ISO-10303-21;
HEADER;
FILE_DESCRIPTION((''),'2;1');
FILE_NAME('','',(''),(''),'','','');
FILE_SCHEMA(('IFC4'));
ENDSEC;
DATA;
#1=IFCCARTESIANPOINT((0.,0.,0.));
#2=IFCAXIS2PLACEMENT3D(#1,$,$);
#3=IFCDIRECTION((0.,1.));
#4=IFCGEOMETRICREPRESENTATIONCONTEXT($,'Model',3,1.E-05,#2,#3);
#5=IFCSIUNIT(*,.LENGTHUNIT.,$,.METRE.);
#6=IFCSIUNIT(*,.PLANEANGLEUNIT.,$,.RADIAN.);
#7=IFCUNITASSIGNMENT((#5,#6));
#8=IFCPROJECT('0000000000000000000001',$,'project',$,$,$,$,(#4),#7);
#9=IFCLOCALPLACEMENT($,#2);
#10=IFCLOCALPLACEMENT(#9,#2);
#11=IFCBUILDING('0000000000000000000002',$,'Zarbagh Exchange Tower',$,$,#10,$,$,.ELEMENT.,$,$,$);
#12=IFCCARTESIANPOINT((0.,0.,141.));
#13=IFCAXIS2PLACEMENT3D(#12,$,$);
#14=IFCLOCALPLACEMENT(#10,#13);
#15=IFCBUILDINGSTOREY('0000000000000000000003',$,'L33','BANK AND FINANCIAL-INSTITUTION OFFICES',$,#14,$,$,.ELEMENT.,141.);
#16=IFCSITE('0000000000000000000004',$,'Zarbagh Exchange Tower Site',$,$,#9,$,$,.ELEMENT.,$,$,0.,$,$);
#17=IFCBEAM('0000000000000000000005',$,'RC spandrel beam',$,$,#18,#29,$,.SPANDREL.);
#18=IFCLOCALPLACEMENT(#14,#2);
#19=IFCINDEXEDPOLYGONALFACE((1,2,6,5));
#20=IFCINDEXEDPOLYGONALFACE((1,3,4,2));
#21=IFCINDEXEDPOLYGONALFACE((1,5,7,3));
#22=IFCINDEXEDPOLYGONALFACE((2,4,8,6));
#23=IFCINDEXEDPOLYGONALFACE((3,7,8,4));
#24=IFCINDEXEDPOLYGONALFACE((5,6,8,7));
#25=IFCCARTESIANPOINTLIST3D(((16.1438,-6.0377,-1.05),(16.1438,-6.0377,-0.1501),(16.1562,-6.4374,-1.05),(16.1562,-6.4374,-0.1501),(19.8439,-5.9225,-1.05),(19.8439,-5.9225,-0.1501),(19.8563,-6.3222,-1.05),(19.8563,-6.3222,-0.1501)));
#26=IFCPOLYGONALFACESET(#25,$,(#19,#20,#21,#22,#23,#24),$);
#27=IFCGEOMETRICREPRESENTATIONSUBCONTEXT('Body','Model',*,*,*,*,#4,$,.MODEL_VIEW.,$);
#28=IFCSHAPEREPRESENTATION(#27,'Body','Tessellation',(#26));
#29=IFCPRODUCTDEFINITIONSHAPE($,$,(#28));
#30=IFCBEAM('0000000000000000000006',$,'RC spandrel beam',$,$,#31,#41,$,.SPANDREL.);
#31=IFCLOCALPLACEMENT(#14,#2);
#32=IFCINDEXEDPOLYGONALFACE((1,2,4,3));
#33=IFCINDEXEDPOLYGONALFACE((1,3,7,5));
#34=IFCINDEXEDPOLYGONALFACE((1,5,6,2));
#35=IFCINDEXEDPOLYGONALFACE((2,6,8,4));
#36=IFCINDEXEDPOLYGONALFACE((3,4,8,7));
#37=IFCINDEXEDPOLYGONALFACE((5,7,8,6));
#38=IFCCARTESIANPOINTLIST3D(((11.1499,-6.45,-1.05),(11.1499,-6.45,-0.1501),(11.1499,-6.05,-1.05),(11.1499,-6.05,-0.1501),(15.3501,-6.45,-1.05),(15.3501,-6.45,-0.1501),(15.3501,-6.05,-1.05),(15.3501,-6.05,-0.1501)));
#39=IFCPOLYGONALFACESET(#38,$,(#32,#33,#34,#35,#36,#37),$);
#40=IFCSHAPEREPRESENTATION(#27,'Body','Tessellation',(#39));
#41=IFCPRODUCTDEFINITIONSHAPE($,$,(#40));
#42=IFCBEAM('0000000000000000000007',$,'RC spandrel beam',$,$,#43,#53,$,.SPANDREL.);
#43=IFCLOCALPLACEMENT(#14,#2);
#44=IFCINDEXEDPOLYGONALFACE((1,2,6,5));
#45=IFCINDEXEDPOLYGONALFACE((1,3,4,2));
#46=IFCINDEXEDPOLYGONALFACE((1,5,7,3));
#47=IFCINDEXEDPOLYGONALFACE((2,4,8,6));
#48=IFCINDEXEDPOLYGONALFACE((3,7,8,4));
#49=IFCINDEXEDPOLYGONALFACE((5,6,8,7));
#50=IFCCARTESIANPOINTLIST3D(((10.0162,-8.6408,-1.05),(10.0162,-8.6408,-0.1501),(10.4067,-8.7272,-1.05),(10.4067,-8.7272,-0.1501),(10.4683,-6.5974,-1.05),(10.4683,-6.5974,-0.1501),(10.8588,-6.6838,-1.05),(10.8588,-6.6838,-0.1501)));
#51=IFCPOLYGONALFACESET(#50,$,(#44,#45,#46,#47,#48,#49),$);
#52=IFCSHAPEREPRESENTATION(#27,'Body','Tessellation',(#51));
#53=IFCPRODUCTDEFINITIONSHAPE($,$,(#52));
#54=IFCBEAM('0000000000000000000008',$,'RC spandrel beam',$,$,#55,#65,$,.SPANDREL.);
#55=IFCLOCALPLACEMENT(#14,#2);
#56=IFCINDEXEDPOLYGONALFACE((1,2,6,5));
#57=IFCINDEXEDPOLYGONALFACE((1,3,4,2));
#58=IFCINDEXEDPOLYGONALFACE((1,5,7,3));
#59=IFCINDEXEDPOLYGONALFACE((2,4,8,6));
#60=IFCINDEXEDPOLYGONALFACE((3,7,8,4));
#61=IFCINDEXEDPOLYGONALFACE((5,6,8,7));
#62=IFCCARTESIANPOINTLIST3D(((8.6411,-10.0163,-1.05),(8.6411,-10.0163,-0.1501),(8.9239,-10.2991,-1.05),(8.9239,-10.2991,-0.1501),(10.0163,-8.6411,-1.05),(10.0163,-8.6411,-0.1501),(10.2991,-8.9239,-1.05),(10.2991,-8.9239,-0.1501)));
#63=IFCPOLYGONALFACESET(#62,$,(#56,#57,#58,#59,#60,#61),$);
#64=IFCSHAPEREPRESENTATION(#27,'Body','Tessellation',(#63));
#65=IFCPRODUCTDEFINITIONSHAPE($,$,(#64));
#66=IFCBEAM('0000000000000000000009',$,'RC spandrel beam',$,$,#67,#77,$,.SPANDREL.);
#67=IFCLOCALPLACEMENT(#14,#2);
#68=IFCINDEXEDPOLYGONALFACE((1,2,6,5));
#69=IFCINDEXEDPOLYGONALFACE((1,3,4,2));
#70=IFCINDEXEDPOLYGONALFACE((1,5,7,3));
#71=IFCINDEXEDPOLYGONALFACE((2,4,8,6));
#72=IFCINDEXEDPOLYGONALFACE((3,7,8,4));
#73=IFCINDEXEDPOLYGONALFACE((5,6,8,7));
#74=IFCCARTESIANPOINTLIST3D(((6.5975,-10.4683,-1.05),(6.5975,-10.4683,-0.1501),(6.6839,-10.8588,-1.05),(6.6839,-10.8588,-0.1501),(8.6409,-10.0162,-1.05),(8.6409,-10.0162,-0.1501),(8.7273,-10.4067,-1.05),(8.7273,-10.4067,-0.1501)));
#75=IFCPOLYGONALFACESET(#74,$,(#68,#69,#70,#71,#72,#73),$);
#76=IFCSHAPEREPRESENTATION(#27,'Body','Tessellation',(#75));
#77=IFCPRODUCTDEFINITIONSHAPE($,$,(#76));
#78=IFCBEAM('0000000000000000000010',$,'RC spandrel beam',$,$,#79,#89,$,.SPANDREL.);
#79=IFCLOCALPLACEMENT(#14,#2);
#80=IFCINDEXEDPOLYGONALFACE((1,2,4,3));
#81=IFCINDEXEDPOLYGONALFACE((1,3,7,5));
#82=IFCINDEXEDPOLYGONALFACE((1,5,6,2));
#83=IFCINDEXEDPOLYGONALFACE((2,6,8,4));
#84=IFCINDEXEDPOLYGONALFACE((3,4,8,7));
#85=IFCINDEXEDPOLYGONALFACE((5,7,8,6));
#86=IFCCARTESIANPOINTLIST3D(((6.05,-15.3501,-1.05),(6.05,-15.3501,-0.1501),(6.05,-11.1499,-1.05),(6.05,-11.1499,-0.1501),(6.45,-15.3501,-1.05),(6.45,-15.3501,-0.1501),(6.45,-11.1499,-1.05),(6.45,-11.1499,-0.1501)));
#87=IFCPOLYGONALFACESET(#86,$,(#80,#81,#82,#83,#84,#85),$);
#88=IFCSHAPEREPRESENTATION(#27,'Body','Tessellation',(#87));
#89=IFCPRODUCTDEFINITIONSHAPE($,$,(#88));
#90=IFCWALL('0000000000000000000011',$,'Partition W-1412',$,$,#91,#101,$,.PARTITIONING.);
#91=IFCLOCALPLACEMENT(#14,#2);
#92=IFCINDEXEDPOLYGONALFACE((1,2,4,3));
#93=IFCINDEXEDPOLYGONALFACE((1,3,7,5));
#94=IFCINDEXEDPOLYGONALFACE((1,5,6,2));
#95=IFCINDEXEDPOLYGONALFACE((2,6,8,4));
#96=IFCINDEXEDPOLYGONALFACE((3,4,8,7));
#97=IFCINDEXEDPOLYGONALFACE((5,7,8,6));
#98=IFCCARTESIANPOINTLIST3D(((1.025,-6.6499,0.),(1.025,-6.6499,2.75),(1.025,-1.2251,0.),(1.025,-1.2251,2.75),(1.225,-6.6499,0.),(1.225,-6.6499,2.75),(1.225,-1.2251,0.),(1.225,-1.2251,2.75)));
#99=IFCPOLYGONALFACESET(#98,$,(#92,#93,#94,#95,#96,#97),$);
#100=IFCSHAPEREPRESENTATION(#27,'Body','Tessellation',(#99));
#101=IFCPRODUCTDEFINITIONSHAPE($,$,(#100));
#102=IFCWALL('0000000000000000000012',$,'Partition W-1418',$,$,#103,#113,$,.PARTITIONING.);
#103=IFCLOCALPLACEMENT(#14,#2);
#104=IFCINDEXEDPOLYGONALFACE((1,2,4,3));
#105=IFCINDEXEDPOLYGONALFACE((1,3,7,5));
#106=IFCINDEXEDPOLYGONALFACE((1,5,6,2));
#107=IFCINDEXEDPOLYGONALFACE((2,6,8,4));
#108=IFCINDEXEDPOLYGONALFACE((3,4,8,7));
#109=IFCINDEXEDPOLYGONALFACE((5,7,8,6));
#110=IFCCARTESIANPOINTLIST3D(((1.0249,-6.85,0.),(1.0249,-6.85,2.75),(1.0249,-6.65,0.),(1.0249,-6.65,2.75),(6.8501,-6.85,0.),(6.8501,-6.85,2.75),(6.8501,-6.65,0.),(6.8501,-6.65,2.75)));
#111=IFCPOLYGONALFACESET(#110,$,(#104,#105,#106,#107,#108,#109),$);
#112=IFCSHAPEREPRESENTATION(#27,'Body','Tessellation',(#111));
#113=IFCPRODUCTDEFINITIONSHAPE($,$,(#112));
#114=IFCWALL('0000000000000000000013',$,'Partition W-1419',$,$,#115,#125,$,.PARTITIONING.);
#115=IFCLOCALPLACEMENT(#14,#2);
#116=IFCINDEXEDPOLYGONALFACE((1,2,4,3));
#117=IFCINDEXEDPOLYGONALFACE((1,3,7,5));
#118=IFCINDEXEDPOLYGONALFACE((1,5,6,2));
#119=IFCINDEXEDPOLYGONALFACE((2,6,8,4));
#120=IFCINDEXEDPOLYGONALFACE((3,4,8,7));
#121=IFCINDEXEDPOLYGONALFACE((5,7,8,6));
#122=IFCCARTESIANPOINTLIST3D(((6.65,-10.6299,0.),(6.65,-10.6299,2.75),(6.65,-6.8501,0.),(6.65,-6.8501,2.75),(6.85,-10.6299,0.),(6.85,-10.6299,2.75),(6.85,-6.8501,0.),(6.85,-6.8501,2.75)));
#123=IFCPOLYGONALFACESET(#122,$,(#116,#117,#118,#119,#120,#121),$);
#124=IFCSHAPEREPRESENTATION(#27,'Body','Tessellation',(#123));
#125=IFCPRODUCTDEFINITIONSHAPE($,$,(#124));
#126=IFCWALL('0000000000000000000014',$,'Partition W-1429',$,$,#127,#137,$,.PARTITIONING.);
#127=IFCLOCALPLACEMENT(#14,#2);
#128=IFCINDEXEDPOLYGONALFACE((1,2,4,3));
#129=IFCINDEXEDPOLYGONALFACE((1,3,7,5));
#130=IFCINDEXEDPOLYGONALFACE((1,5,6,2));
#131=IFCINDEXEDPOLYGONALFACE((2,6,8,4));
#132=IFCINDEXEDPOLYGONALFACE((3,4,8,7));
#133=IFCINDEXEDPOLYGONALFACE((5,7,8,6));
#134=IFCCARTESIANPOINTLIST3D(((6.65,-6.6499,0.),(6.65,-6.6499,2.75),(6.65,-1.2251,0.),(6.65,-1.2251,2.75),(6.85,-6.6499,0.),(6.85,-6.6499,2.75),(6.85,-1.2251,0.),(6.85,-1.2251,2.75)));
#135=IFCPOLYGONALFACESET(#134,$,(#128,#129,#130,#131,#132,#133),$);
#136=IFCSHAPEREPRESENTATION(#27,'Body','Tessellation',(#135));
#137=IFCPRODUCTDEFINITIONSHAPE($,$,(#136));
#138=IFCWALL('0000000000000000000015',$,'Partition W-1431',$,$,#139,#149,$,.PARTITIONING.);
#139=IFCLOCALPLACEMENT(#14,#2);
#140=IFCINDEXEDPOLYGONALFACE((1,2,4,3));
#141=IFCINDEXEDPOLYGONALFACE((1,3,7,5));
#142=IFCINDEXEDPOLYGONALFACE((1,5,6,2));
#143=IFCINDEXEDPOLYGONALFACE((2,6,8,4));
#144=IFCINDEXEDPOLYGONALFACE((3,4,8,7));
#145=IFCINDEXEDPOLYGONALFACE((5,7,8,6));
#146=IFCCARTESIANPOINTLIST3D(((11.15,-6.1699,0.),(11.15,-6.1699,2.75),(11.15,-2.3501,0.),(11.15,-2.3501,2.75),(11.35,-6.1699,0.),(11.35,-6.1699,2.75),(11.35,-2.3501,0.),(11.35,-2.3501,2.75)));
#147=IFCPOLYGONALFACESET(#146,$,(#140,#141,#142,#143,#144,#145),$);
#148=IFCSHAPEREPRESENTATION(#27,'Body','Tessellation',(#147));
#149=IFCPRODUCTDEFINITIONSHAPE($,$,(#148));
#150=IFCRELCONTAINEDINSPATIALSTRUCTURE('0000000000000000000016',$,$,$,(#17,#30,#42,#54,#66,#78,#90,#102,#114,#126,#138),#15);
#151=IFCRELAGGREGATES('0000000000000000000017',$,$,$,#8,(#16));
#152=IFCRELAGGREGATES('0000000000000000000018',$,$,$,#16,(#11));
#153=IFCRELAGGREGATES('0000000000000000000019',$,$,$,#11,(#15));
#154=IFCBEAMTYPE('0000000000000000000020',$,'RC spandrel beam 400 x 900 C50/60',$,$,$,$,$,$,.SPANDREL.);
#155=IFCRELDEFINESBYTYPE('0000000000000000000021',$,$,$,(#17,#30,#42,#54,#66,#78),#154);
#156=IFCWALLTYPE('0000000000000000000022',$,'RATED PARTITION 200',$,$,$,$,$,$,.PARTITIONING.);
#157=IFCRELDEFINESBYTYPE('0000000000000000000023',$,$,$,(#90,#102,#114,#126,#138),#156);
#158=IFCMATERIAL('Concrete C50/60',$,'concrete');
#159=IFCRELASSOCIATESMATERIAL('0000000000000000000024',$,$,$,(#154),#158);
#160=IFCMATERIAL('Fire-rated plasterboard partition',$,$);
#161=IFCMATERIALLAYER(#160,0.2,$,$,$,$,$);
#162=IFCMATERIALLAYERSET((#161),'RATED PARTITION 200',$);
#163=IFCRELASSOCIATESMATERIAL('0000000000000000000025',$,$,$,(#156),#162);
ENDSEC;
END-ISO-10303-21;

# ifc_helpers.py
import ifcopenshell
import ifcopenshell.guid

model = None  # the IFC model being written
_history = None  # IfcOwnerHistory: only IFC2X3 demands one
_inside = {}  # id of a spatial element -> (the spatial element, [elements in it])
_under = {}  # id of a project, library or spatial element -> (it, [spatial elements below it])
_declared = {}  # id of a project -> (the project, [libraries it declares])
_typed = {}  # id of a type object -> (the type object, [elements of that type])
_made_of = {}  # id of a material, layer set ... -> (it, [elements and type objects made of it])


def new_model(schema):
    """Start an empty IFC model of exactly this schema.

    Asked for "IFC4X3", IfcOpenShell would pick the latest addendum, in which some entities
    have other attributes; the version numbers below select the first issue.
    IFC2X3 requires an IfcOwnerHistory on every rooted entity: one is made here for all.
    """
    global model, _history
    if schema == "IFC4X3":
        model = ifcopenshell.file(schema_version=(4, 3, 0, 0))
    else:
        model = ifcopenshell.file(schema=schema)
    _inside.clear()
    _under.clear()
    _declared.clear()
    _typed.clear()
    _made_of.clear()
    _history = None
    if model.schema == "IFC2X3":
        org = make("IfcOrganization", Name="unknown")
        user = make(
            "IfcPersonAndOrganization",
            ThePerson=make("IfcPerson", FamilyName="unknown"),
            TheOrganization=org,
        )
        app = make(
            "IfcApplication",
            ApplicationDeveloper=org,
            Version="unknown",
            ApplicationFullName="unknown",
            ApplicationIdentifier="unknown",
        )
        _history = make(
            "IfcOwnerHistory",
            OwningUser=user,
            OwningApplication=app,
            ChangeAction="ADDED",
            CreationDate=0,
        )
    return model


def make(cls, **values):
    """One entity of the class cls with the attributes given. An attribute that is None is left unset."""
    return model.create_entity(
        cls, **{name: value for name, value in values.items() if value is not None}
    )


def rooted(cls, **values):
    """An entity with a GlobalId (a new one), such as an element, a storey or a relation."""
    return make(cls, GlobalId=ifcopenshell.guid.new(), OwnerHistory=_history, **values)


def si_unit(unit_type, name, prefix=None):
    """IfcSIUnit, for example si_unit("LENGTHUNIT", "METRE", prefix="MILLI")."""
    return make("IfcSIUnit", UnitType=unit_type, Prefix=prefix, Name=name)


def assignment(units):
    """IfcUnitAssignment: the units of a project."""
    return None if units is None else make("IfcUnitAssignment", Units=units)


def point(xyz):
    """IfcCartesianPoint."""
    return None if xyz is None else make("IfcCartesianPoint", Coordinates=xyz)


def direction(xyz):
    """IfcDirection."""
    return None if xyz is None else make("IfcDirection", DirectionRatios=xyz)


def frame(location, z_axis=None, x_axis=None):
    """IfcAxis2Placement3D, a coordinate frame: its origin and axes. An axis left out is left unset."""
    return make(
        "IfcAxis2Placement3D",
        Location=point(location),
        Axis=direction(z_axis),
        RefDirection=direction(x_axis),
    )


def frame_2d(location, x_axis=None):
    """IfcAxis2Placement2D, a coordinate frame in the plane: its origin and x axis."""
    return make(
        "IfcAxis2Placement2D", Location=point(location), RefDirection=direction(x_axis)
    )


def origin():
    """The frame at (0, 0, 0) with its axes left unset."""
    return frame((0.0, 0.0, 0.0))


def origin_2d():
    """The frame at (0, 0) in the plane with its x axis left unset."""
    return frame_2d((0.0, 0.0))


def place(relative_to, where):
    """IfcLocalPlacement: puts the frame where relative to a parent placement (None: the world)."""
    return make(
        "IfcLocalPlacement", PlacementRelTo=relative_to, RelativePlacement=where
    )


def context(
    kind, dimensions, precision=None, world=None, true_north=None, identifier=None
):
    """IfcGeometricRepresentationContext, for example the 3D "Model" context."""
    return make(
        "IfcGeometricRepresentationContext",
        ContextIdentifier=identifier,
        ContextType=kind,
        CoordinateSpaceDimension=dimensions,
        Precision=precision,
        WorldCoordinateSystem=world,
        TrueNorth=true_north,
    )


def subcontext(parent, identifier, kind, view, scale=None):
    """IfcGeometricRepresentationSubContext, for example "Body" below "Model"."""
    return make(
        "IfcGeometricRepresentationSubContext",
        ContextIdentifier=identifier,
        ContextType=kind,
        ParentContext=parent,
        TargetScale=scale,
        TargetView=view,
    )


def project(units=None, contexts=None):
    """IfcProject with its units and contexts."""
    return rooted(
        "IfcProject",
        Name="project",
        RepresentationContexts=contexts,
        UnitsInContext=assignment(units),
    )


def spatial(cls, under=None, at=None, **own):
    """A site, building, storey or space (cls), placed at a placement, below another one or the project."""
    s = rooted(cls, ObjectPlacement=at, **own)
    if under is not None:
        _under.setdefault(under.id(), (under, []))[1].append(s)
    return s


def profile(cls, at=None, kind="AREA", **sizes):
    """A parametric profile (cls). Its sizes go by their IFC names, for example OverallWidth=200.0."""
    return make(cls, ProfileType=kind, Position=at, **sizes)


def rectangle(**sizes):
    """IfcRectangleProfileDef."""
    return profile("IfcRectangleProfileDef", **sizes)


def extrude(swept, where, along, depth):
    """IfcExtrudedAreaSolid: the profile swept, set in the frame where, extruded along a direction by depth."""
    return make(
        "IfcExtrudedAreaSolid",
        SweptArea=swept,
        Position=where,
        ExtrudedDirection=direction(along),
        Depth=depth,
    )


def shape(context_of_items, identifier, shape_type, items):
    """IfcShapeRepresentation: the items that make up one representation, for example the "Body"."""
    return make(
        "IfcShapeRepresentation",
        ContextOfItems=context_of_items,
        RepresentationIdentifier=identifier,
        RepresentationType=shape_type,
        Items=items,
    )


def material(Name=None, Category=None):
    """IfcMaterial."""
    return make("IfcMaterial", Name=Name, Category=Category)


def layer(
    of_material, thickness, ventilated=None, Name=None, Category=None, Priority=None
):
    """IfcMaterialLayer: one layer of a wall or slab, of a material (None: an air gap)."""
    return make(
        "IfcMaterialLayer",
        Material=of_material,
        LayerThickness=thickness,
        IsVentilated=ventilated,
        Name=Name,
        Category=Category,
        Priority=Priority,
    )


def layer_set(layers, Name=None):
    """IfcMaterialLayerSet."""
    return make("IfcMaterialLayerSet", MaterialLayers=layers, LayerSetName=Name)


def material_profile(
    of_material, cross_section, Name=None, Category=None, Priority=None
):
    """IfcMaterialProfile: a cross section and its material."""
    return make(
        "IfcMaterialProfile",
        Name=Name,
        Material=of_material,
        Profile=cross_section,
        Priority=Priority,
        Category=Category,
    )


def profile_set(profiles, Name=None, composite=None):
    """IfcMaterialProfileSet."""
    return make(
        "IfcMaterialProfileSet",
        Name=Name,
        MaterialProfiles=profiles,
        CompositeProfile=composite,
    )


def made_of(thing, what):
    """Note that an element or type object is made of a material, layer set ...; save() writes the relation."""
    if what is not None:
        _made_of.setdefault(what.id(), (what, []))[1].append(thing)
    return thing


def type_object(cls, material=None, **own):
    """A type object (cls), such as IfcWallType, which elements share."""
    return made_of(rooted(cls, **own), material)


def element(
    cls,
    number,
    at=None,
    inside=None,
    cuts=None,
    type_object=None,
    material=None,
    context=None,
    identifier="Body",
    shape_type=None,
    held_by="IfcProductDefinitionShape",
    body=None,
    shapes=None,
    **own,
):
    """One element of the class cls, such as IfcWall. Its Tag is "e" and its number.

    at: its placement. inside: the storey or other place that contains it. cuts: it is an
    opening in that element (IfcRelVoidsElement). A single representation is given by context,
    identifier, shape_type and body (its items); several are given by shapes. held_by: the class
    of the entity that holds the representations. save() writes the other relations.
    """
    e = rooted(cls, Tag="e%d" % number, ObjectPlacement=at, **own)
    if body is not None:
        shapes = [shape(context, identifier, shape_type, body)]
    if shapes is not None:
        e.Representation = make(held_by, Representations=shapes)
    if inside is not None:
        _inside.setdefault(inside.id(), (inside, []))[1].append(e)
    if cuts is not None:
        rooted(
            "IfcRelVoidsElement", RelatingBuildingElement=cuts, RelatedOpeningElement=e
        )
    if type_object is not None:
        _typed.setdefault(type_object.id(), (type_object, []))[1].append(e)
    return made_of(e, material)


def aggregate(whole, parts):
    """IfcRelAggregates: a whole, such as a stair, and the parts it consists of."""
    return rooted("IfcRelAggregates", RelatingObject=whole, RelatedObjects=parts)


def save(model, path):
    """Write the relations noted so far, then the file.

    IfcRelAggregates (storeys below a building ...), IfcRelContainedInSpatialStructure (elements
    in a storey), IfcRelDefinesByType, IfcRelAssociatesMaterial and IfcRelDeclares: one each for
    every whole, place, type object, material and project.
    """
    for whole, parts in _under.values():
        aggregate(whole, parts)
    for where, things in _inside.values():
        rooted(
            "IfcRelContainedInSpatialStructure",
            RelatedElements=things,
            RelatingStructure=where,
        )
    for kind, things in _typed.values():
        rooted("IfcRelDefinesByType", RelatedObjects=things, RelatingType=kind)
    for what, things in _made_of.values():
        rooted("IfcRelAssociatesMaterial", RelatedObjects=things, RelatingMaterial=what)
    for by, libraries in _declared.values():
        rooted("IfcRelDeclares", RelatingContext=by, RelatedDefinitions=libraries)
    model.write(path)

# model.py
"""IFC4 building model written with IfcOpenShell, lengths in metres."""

from ifc_helpers import new_model, si_unit, direction, frame, frame_2d, origin, origin_2d, place, context, subcontext, project, spatial, rectangle, extrude, material, layer, layer_set, material_profile, profile_set, type_object, element, save


model = new_model("IFC4")

# Units and contexts
model_context = context("Model", 3, precision=1e-05, world=origin(), true_north=direction((0.0, 1.0)))
body_context = subcontext(model_context, "Body", "Model", "MODEL_VIEW")
ifc_project = project(units=[si_unit("LENGTHUNIT", "METRE"), si_unit("PLANEANGLEUNIT", "RADIAN")], contexts=[model_context])

# Site, building, storey
site_placement = place(None, origin())
site = spatial("IfcSite", under=ifc_project, at=site_placement, Name="Zarbagh Exchange Tower Site", CompositionType="ELEMENT", RefElevation=0.0)
building_placement = place(site_placement, origin())
building = spatial("IfcBuilding", under=site, at=building_placement, Name="Zarbagh Exchange Tower", CompositionType="ELEMENT")
storey_placement = place(building_placement, frame((0.0, 0.0, 141.0)))
storey = spatial("IfcBuildingStorey", under=building, at=storey_placement, Name="L33", Description="BANK AND FINANCIAL-INSTITUTION OFFICES", CompositionType="ELEMENT", Elevation=141.0)

# Shared definitions
ifc_material_1 = material(Name="Concrete C50/60", Category="concrete")

# Beams
ifc_material_profile_1 = material_profile(ifc_material_1, rectangle(XDim=0.3999, YDim=0.8999, at=origin_2d()), Name="RC spandrel beam 400 x 900 C50/60")
ifc_profile_set_1 = profile_set([ifc_material_profile_1], Name="Concrete C50/60")
beam_type_1 = type_object("IfcBeamType", Name="RC spandrel beam 400 x 900 C50/60", PredefinedType="SPANDREL", material=ifc_profile_set_1)
beam_1_placement = place(storey_placement, frame((19.8501, -6.1223, -0.6001), z_axis=(-0.999515, -0.031128, 0.0), x_axis=(0.031128, -0.999515, 0.0)))
element("IfcBeam", 1, at=beam_1_placement, inside=storey, type_object=beam_type_1, Name="RC spandrel beam", PredefinedType="SPANDREL", context=body_context, shape_type="SweptSolid", body=[
    extrude(rectangle(XDim=0.3999, YDim=0.8999, at=origin_2d()), origin(), (0.0, 0.0, 1.0), 3.7019),
])
beam_2_placement = place(storey_placement, frame((15.3501, -6.25, -0.6001), z_axis=(-1.0, 0.0, 0.0), x_axis=(0.0, -1.0, 0.0)))
element("IfcBeam", 2, at=beam_2_placement, inside=storey, type_object=beam_type_1, Name="RC spandrel beam", PredefinedType="SPANDREL", context=body_context, shape_type="SweptSolid", body=[
    extrude(rectangle(XDim=0.3999, YDim=0.8999, at=origin_2d()), origin(), (0.0, 0.0, 1.0), 4.2002),
])
beam_3_placement = place(storey_placement, frame((10.6636, -6.6406, -0.6001), z_axis=(-0.216041, -0.976384, 0.0), x_axis=(0.976384, -0.216041, 0.0)))
element("IfcBeam", 3, at=beam_3_placement, inside=storey, type_object=beam_type_1, Name="RC spandrel beam", PredefinedType="SPANDREL", context=body_context, shape_type="SweptSolid", body=[
    extrude(rectangle(XDim=0.3999, YDim=0.8999, at=origin_2d()), origin(), (0.0, 0.0, 1.0), 2.0928),
])
beam_4_placement = place(storey_placement, frame((10.1577, -8.7825, -0.6001), z_axis=(-0.707107, -0.707107, 0.0), x_axis=(0.707107, -0.707107, 0.0)))
element("IfcBeam", 4, at=beam_4_placement, inside=storey, type_object=beam_type_1, Name="RC spandrel beam", PredefinedType="SPANDREL", context=body_context, shape_type="SweptSolid", body=[
    extrude(rectangle(XDim=0.3999, YDim=0.8999, at=origin_2d()), origin(), (0.0, 0.0, 1.0), 1.9448),
])
beam_5_placement = place(storey_placement, frame((8.6841, -10.2114, -0.6001), z_axis=(-0.976384, -0.216041, 0.0), x_axis=(0.216041, -0.976384, 0.0)))
element("IfcBeam", 5, at=beam_5_placement, inside=storey, type_object=beam_type_1, Name="RC spandrel beam", PredefinedType="SPANDREL", context=body_context, shape_type="SweptSolid", body=[
    extrude(rectangle(XDim=0.3999, YDim=0.8999, at=origin_2d()), origin(), (0.0, 0.0, 1.0), 2.0928),
])
beam_6_placement = place(storey_placement, frame((6.25, -11.1499, -0.6001), z_axis=(0.0, -1.0, 0.0), x_axis=(1.0, 0.0, 0.0)))
element("IfcBeam", 6, at=beam_6_placement, inside=storey, type_object=beam_type_1, Name="RC spandrel beam", PredefinedType="SPANDREL", context=body_context, shape_type="SweptSolid", body=[
    extrude(rectangle(XDim=0.3999, YDim=0.8999, at=origin_2d()), origin(), (0.0, 0.0, 1.0), 4.2002),
])

# Walls
ifc_material_2 = material(Name="Fire-rated plasterboard partition")
ifc_layer = layer(ifc_material_2, 0.2)
ifc_layer_set = layer_set([ifc_layer], Name="RATED PARTITION 200")
wall_type = type_object("IfcWallType", Name="RATED PARTITION 200", PredefinedType="PARTITIONING", material=ifc_layer_set)
wall_1_placement = place(storey_placement, frame((1.125, -6.6499, 0.0), z_axis=(0.0, 0.0, 1.0), x_axis=(0.0, 1.0, 0.0)))
element("IfcWall", 7, at=wall_1_placement, inside=storey, type_object=wall_type, Name="Partition W-1412", PredefinedType="PARTITIONING", context=body_context, shape_type="SweptSolid", body=[
    extrude(rectangle(XDim=5.4248, YDim=0.2, at=frame_2d((2.7124, 0.0))), origin(), (0.0, 0.0, 1.0), 2.75),
])
wall_2_placement = place(storey_placement, frame((1.0249, -6.75, 0.0), z_axis=(0.0, 0.0, 1.0), x_axis=(1.0, 0.0, 0.0)))
element("IfcWall", 8, at=wall_2_placement, inside=storey, type_object=wall_type, Name="Partition W-1418", PredefinedType="PARTITIONING", context=body_context, shape_type="SweptSolid", body=[
    extrude(rectangle(XDim=5.8252, YDim=0.2, at=frame_2d((2.9126, 0.0))), origin(), (0.0, 0.0, 1.0), 2.75),
])
wall_3_placement = place(storey_placement, frame((6.75, -10.6299, 0.0), z_axis=(0.0, 0.0, 1.0), x_axis=(0.0, 1.0, 0.0)))
element("IfcWall", 9, at=wall_3_placement, inside=storey, type_object=wall_type, Name="Partition W-1419", PredefinedType="PARTITIONING", context=body_context, shape_type="SweptSolid", body=[
    extrude(rectangle(XDim=3.7798, YDim=0.2, at=frame_2d((1.8899, 0.0))), origin(), (0.0, 0.0, 1.0), 2.75),
])
wall_4_placement = place(storey_placement, frame((6.75, -6.6499, 0.0), z_axis=(0.0, 0.0, 1.0), x_axis=(0.0, 1.0, 0.0)))
element("IfcWall", 10, at=wall_4_placement, inside=storey, type_object=wall_type, Name="Partition W-1429", PredefinedType="PARTITIONING", context=body_context, shape_type="SweptSolid", body=[
    extrude(rectangle(XDim=5.4248, YDim=0.2, at=frame_2d((2.7124, 0.0))), origin(), (0.0, 0.0, 1.0), 2.75),
])
wall_5_placement = place(storey_placement, frame((11.25, -6.1699, 0.0), z_axis=(0.0, 0.0, 1.0), x_axis=(0.0, 1.0, 0.0)))
element("IfcWall", 11, at=wall_5_placement, inside=storey, type_object=wall_type, Name="Partition W-1431", PredefinedType="PARTITIONING", context=body_context, shape_type="SweptSolid", body=[
    extrude(rectangle(XDim=3.8198, YDim=0.2, at=frame_2d((1.9099, 0.0))), origin(), (0.0, 0.0, 1.0), 2.75),
])

save(model, "model.ifc")
